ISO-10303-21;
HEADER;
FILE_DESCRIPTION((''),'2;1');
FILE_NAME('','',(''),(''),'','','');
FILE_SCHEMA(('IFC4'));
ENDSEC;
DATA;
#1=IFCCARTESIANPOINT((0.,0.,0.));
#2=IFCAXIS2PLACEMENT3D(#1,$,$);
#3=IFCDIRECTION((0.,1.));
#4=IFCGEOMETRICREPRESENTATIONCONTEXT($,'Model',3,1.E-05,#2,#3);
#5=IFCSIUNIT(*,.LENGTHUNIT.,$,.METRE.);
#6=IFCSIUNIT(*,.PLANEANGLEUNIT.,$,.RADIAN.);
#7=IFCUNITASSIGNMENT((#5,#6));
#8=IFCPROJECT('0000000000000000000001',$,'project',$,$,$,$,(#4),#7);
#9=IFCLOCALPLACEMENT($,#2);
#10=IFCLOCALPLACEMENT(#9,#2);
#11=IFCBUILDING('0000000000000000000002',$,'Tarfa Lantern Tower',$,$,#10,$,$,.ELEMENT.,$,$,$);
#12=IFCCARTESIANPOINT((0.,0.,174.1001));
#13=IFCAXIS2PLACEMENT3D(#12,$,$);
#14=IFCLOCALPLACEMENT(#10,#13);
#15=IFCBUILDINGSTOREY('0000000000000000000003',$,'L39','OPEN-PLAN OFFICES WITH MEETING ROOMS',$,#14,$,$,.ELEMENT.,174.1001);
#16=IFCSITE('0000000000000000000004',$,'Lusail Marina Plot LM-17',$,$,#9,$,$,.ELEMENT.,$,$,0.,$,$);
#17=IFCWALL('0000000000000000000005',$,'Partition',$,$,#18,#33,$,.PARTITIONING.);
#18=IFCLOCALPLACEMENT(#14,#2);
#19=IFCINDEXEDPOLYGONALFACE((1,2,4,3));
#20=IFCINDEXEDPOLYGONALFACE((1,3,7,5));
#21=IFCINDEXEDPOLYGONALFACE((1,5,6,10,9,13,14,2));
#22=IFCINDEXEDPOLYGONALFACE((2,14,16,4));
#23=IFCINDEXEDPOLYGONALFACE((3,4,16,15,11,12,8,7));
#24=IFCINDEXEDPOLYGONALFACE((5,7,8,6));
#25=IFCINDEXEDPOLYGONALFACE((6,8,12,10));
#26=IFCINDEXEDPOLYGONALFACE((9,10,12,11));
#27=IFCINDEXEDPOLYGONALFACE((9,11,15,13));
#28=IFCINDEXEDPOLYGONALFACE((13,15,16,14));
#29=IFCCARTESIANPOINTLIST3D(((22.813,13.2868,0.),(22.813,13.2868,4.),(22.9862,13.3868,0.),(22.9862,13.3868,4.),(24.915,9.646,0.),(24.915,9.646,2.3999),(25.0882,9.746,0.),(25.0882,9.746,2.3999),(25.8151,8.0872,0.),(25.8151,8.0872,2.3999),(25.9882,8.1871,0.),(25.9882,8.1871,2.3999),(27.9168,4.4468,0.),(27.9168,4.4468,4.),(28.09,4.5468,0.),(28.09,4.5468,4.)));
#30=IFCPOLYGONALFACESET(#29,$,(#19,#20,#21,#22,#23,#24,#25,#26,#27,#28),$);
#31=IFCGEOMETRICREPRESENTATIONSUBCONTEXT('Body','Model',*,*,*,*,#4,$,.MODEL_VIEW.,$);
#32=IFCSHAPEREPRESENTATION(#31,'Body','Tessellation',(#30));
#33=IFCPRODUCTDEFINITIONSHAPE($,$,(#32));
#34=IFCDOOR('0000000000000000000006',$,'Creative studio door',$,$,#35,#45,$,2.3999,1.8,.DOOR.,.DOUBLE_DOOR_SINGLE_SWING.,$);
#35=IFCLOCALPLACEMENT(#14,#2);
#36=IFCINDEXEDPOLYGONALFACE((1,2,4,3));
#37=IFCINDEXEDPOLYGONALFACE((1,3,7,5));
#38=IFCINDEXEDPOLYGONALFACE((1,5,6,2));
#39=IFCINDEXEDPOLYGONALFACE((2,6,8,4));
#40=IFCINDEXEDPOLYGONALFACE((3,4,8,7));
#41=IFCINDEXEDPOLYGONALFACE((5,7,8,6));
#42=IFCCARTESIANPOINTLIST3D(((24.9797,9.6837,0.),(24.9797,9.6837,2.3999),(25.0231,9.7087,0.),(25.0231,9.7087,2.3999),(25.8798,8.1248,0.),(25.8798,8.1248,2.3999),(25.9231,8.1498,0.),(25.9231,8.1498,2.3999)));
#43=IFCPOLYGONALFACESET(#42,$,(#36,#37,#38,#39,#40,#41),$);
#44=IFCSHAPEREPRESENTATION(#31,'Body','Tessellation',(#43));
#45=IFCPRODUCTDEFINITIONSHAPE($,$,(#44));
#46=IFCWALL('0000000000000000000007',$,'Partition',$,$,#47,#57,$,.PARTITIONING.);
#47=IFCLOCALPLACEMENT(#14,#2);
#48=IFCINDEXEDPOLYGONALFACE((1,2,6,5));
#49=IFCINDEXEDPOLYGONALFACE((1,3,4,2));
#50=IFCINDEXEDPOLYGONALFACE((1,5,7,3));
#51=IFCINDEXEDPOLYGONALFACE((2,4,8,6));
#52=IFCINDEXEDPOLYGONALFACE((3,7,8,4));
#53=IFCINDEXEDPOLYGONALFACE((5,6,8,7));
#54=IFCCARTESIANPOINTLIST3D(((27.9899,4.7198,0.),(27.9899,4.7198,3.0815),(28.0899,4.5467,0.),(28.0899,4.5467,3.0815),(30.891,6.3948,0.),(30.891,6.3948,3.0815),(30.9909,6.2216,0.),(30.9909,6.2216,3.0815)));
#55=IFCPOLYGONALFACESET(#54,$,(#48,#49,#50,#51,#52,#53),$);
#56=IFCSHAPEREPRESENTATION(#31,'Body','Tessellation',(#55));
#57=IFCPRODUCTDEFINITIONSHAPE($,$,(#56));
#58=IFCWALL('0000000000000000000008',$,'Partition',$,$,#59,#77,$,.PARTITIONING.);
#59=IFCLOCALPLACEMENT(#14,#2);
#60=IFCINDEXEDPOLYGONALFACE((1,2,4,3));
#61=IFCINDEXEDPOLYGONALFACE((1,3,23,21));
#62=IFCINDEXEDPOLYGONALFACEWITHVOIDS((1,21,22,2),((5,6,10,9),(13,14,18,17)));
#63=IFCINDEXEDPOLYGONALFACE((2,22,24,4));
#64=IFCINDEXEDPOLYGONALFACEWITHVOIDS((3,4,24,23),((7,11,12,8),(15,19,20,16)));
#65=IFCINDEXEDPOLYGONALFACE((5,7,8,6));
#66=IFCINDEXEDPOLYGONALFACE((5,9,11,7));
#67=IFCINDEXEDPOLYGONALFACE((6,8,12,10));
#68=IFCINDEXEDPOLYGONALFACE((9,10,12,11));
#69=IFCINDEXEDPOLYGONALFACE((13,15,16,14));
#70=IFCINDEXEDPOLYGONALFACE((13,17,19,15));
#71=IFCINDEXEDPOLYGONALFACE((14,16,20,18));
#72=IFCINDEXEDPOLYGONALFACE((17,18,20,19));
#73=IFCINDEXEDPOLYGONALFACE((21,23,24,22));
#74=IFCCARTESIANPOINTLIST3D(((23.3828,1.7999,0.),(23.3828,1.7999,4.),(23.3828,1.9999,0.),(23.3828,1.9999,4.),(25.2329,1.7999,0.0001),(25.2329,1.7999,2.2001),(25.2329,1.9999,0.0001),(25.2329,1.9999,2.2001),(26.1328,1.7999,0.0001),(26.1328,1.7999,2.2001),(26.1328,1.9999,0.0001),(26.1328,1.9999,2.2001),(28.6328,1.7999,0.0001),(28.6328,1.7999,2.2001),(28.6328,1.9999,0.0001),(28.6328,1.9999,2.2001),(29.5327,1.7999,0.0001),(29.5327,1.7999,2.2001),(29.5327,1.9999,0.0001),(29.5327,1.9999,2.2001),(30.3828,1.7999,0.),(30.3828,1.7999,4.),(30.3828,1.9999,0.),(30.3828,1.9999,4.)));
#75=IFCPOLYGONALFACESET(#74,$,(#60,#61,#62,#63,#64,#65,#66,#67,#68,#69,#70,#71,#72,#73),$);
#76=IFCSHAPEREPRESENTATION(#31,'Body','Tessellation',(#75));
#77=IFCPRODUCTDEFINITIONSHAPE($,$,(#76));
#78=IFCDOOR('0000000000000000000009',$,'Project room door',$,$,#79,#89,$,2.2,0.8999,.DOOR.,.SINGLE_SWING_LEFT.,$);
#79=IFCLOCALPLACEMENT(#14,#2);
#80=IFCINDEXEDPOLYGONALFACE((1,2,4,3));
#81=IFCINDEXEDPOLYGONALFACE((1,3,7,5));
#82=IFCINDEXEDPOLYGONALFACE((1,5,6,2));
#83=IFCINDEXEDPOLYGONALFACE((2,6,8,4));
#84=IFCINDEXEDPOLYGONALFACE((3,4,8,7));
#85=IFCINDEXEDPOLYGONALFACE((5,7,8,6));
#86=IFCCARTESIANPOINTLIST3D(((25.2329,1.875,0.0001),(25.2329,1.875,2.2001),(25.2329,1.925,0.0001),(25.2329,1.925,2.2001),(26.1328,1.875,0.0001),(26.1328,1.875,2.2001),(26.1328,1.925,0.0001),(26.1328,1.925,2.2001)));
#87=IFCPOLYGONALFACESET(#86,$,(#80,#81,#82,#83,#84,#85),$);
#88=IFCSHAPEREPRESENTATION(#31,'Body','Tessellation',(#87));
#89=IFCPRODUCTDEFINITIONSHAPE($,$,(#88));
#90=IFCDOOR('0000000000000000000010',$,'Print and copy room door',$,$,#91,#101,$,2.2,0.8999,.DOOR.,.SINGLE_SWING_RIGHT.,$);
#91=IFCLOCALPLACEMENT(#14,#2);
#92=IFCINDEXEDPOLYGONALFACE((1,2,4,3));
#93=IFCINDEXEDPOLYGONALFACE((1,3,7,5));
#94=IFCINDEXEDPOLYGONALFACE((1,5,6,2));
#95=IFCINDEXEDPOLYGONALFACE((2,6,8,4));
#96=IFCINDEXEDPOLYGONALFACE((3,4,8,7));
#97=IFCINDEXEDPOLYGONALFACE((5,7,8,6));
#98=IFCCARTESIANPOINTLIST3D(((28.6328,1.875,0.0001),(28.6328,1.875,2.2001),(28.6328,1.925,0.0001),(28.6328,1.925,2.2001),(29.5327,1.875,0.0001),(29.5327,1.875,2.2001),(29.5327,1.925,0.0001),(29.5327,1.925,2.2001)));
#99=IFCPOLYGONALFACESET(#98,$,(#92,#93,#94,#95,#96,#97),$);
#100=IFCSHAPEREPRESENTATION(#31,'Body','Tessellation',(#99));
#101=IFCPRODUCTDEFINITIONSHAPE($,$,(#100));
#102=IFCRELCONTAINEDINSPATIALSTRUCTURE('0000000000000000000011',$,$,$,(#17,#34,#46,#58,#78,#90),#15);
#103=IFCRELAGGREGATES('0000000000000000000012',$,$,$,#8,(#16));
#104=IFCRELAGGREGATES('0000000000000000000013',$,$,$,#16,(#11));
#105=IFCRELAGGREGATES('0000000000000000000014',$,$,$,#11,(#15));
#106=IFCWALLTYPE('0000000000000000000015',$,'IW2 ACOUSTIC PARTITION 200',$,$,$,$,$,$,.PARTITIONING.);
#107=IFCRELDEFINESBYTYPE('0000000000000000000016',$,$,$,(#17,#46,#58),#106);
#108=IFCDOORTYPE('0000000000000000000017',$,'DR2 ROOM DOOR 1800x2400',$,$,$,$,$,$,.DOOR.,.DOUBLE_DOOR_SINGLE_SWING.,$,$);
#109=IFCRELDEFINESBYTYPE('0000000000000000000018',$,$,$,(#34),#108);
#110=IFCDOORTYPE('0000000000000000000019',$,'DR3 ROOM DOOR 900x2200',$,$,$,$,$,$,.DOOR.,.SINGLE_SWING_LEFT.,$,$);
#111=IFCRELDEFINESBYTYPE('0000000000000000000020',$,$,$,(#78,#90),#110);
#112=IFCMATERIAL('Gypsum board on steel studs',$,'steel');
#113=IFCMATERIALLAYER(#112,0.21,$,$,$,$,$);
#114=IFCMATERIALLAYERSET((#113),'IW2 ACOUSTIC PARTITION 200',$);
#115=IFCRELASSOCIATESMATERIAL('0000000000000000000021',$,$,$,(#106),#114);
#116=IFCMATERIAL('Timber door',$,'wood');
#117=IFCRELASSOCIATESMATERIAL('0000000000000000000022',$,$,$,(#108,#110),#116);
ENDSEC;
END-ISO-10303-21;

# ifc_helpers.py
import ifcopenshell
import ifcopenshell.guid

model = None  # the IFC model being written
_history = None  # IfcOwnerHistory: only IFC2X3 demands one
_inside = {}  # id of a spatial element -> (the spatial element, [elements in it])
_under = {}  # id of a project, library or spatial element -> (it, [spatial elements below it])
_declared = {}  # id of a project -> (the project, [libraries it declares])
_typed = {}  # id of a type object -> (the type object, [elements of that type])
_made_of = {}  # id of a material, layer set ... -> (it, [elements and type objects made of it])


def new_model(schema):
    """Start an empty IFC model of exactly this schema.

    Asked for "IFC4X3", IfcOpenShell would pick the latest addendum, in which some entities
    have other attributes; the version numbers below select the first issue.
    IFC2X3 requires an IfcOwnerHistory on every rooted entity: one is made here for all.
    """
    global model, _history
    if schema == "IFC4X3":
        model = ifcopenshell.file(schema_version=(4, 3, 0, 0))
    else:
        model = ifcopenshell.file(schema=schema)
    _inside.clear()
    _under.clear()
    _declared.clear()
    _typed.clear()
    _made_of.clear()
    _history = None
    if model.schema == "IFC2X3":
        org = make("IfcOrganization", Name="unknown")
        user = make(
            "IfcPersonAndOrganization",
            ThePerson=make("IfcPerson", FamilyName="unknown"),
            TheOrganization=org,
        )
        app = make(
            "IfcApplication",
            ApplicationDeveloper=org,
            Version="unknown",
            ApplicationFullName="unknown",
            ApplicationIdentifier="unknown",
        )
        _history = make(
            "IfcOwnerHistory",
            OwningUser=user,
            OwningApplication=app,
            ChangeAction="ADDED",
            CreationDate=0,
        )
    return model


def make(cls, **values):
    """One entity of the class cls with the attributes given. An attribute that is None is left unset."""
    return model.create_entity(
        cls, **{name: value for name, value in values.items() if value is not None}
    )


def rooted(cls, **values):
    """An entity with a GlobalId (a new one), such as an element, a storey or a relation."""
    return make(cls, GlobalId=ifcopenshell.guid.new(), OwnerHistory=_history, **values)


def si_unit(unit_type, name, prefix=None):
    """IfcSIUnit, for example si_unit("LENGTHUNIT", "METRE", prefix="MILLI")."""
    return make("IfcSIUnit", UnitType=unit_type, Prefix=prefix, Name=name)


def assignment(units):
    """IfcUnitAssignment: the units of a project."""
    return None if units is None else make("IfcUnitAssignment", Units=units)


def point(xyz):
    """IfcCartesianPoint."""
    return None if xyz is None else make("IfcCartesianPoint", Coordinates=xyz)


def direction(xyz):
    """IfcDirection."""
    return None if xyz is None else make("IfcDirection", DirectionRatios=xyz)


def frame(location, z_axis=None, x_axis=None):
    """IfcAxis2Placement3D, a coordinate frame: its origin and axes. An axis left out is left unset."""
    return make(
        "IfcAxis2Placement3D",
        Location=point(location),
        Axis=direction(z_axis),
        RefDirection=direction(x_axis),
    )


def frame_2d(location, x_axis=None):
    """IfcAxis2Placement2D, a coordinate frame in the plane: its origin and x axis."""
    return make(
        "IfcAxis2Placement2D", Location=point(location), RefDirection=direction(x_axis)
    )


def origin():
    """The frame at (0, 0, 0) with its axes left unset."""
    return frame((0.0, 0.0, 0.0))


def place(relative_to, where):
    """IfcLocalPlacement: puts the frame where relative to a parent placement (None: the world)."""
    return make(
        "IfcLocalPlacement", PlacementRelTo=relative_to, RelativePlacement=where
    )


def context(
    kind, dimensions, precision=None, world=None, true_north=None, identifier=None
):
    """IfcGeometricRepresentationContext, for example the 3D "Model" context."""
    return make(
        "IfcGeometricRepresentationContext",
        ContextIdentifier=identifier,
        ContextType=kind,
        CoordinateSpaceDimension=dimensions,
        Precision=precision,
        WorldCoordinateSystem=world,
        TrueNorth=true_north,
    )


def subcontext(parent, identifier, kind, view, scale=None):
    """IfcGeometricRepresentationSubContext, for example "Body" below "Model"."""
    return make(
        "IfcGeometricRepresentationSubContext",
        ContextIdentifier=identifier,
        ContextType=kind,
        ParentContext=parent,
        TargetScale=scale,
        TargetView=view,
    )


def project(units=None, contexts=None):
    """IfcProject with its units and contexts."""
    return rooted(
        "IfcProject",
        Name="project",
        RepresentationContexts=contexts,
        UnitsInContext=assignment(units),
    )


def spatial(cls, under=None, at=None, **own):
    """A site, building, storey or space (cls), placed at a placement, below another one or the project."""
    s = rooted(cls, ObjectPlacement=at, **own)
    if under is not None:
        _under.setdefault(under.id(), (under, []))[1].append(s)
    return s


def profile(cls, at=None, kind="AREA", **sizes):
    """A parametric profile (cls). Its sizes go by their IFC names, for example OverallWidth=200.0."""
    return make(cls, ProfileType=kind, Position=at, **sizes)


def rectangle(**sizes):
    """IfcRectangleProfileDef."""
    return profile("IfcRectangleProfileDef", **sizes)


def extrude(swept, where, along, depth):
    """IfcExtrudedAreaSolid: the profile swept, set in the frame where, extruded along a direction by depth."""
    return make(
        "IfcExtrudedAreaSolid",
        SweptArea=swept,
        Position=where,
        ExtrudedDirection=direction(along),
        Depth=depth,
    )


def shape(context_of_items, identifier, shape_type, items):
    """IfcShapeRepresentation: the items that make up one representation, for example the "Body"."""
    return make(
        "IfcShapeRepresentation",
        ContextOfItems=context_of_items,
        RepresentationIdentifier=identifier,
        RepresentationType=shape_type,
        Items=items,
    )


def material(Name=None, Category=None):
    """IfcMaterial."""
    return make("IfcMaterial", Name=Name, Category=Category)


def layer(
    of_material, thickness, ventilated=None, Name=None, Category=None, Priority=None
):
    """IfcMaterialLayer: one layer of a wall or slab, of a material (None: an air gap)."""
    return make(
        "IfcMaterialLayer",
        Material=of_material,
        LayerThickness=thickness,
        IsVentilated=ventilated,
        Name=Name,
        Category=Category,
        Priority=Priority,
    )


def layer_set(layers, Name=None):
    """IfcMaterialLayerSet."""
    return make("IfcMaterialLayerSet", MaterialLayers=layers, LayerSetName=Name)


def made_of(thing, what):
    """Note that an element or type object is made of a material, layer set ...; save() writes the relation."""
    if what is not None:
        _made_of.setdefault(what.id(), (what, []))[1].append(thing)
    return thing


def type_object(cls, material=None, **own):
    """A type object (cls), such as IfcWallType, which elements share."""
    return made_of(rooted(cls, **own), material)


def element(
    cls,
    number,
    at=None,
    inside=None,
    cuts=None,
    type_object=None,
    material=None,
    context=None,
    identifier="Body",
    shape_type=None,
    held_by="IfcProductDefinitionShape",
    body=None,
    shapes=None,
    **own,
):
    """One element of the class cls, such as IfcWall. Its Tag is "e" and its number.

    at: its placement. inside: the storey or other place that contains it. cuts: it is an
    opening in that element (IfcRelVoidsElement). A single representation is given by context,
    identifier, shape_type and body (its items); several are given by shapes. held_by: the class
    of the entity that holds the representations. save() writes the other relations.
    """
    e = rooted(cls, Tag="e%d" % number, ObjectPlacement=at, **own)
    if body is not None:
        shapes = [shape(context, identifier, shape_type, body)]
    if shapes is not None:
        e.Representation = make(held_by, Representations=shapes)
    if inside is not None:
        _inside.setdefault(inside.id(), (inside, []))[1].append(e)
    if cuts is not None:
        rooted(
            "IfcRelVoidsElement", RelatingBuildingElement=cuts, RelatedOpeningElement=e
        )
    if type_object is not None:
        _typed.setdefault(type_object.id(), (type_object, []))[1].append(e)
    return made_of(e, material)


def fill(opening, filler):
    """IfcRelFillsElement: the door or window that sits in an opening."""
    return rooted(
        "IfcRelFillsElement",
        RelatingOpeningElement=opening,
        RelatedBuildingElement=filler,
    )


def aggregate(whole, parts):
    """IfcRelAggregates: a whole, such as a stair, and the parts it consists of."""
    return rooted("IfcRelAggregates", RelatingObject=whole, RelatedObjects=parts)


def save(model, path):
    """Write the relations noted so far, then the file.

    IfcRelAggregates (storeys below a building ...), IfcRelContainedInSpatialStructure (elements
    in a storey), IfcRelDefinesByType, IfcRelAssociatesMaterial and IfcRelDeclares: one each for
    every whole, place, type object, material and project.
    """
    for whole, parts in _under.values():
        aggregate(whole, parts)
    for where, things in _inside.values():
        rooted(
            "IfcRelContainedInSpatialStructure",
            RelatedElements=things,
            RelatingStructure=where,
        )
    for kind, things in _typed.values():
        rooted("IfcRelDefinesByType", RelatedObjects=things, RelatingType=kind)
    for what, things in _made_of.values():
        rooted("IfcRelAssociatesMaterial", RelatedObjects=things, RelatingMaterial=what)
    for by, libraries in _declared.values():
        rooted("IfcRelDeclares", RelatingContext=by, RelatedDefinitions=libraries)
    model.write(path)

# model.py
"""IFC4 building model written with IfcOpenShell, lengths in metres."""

from ifc_helpers import new_model, si_unit, direction, frame, frame_2d, origin, place, context, subcontext, project, spatial, rectangle, extrude, material, layer, layer_set, type_object, element, fill, save


model = new_model("IFC4")

# Units and contexts
model_context = context("Model", 3, precision=1e-05, world=origin(), true_north=direction((0.0, 1.0)))
body_context = subcontext(model_context, "Body", "Model", "MODEL_VIEW")
ifc_project = project(units=[si_unit("LENGTHUNIT", "METRE"), si_unit("PLANEANGLEUNIT", "RADIAN")], contexts=[model_context])

# Site, building, storey
site_placement = place(None, origin())
site = spatial("IfcSite", under=ifc_project, at=site_placement, Name="Lusail Marina Plot LM-17", CompositionType="ELEMENT", RefElevation=0.0)
building_placement = place(site_placement, origin())
building = spatial("IfcBuilding", under=site, at=building_placement, Name="Tarfa Lantern Tower", CompositionType="ELEMENT")
storey_placement = place(building_placement, frame((0.0, 0.0, 174.1001)))
storey = spatial("IfcBuildingStorey", under=building, at=storey_placement, Name="L39", Description="OPEN-PLAN OFFICES WITH MEETING ROOMS", CompositionType="ELEMENT", Elevation=174.1001)

# Wall, opening, door
ifc_material_1 = material(Name="Gypsum board on steel studs", Category="steel")
ifc_layer_1 = layer(ifc_material_1, 0.21)
ifc_layer_set_1 = layer_set([ifc_layer_1], Name="IW2 ACOUSTIC PARTITION 200")
wall_type = type_object("IfcWallType", Name="IW2 ACOUSTIC PARTITION 200", PredefinedType="PARTITIONING", material=ifc_layer_set_1)
wall_1_placement = place(storey_placement, frame((28.0034, 4.4968, 0.0), z_axis=(0.0, 0.0, 1.0), x_axis=(-0.500005, 0.866022, 0.0)))
wall_1 = element("IfcWall", 1, at=wall_1_placement, inside=storey, type_object=wall_type, Name="Partition", PredefinedType="PARTITIONING", context=body_context, shape_type="SweptSolid", body=[
    extrude(rectangle(XDim=10.2075, YDim=0.2, at=frame_2d((5.1038, 0.0))), origin(), (0.0, 0.0, 1.0), 4.0),
])
opening_1_placement = place(wall_1_placement, frame((4.2036, 0.0, 0.0)))
opening_1 = element("IfcOpeningElement", 2, at=opening_1_placement, cuts=wall_1, PredefinedType="OPENING", context=body_context, shape_type="SweptSolid", body=[
    extrude(rectangle(XDim=1.8, YDim=2.3999, at=frame_2d((0.8999, 1.2))), frame((0.0, 0.1099, 0.0), z_axis=(0.0, -1.0, 0.0), x_axis=(1.0, 0.0, 0.0)), (0.0, 0.0, 1.0), 0.22),
])
ifc_material_2 = material(Name="Timber door", Category="wood")
door_type_1 = type_object("IfcDoorType", Name="DR2 ROOM DOOR 1800x2400", OperationType="DOUBLE_DOOR_SINGLE_SWING", PredefinedType="DOOR", material=ifc_material_2)
door_1_placement = place(opening_1_placement, frame((1.8, 0.0, 0.0), z_axis=(0.0, 0.0, 1.0), x_axis=(-1.0, 0.0, 0.0)))
door_1 = element("IfcDoor", 3, at=door_1_placement, inside=storey, type_object=door_type_1, Name="Creative studio door", OperationType="DOUBLE_DOOR_SINGLE_SWING", OverallHeight=2.3999, OverallWidth=1.8, PredefinedType="DOOR", context=body_context, shape_type="SweptSolid", body=[
    extrude(rectangle(XDim=1.8, YDim=2.3999, at=frame_2d((0.8999, 1.2))), frame((0.0, 0.0249, 0.0), z_axis=(0.0, -1.0, 0.0), x_axis=(1.0, 0.0, 0.0)), (0.0, 0.0, 1.0), 0.05),
])
fill(opening_1, door_1)

# Wall
wall_2_placement = place(storey_placement, frame((28.04, 4.6333, 0.0), z_axis=(0.0, 0.0, 1.0), x_axis=(0.866014, 0.500019, 0.0)))
element("IfcWall", 4, at=wall_2_placement, inside=storey, type_object=wall_type, Name="Partition", PredefinedType="PARTITIONING", context=body_context, shape_type="SweptSolid", body=[
    extrude(rectangle(XDim=3.3499, YDim=0.2, at=frame_2d((1.6748, 0.0))), origin(), (0.0, 0.0, 1.0), 3.0815),
])

# Wall, openings, doors
wall_3_placement = place(storey_placement, frame((23.3828, 1.8999, 0.0), z_axis=(0.0, 0.0, 1.0), x_axis=(1.0, 0.0, 0.0)))
wall_3 = element("IfcWall", 5, at=wall_3_placement, inside=storey, type_object=wall_type, Name="Partition", PredefinedType="PARTITIONING", context=body_context, shape_type="SweptSolid", body=[
    extrude(rectangle(XDim=7.0, YDim=0.2, at=frame_2d((3.5, 0.0))), origin(), (0.0, 0.0, 1.0), 4.0),
])
opening_2_placement = place(wall_3_placement, frame((1.8501, 0.0, 0.0)))
opening_2 = element("IfcOpeningElement", 6, at=opening_2_placement, cuts=wall_3, PredefinedType="OPENING", context=body_context, shape_type="SweptSolid", body=[
    extrude(rectangle(XDim=0.8999, YDim=2.2, at=frame_2d((0.45, 1.1001))), frame((0.0, 0.1099, 0.0), z_axis=(0.0, -1.0, 0.0), x_axis=(1.0, 0.0, 0.0)), (0.0, 0.0, 1.0), 0.22),
])
opening_3_placement = place(wall_3_placement, frame((5.25, 0.0, 0.0)))
opening_3 = element("IfcOpeningElement", 7, at=opening_3_placement, cuts=wall_3, PredefinedType="OPENING", context=body_context, shape_type="SweptSolid", body=[
    extrude(rectangle(XDim=0.8999, YDim=2.2, at=frame_2d((0.45, 1.1001))), frame((0.0, 0.1099, 0.0), z_axis=(0.0, -1.0, 0.0), x_axis=(1.0, 0.0, 0.0)), (0.0, 0.0, 1.0), 0.22),
])
door_type_2 = type_object("IfcDoorType", Name="DR3 ROOM DOOR 900x2200", OperationType="SINGLE_SWING_LEFT", PredefinedType="DOOR", material=ifc_material_2)
door_2_placement = place(opening_2_placement, frame((0.8999, 0.0, 0.0), z_axis=(0.0, 0.0, 1.0), x_axis=(-1.0, 0.0, 0.0)))
door_2 = element("IfcDoor", 8, at=door_2_placement, inside=storey, type_object=door_type_2, Name="Project room door", OperationType="SINGLE_SWING_LEFT", OverallHeight=2.2, OverallWidth=0.8999, PredefinedType="DOOR", context=body_context, shape_type="SweptSolid", body=[
    extrude(rectangle(XDim=0.8999, YDim=2.2, at=frame_2d((0.45, 1.1001))), frame((0.0, 0.0249, 0.0), z_axis=(0.0, -1.0, 0.0), x_axis=(1.0, 0.0, 0.0)), (0.0, 0.0, 1.0), 0.05),
])
fill(opening_2, door_2)
door_3_placement = place(opening_3_placement, frame((0.8999, 0.0, 0.0), z_axis=(0.0, 0.0, 1.0), x_axis=(-1.0, 0.0, 0.0)))
door_3 = element("IfcDoor", 9, at=door_3_placement, inside=storey, type_object=door_type_2, Name="Print and copy room door", OperationType="SINGLE_SWING_RIGHT", OverallHeight=2.2, OverallWidth=0.8999, PredefinedType="DOOR", context=body_context, shape_type="SweptSolid", body=[
    extrude(rectangle(XDim=0.8999, YDim=2.2, at=frame_2d((0.45, 1.1001))), frame((0.0, 0.0249, 0.0), z_axis=(0.0, -1.0, 0.0), x_axis=(1.0, 0.0, 0.0)), (0.0, 0.0, 1.0), 0.05),
])
fill(opening_3, door_3)

save(model, "model.ifc")
